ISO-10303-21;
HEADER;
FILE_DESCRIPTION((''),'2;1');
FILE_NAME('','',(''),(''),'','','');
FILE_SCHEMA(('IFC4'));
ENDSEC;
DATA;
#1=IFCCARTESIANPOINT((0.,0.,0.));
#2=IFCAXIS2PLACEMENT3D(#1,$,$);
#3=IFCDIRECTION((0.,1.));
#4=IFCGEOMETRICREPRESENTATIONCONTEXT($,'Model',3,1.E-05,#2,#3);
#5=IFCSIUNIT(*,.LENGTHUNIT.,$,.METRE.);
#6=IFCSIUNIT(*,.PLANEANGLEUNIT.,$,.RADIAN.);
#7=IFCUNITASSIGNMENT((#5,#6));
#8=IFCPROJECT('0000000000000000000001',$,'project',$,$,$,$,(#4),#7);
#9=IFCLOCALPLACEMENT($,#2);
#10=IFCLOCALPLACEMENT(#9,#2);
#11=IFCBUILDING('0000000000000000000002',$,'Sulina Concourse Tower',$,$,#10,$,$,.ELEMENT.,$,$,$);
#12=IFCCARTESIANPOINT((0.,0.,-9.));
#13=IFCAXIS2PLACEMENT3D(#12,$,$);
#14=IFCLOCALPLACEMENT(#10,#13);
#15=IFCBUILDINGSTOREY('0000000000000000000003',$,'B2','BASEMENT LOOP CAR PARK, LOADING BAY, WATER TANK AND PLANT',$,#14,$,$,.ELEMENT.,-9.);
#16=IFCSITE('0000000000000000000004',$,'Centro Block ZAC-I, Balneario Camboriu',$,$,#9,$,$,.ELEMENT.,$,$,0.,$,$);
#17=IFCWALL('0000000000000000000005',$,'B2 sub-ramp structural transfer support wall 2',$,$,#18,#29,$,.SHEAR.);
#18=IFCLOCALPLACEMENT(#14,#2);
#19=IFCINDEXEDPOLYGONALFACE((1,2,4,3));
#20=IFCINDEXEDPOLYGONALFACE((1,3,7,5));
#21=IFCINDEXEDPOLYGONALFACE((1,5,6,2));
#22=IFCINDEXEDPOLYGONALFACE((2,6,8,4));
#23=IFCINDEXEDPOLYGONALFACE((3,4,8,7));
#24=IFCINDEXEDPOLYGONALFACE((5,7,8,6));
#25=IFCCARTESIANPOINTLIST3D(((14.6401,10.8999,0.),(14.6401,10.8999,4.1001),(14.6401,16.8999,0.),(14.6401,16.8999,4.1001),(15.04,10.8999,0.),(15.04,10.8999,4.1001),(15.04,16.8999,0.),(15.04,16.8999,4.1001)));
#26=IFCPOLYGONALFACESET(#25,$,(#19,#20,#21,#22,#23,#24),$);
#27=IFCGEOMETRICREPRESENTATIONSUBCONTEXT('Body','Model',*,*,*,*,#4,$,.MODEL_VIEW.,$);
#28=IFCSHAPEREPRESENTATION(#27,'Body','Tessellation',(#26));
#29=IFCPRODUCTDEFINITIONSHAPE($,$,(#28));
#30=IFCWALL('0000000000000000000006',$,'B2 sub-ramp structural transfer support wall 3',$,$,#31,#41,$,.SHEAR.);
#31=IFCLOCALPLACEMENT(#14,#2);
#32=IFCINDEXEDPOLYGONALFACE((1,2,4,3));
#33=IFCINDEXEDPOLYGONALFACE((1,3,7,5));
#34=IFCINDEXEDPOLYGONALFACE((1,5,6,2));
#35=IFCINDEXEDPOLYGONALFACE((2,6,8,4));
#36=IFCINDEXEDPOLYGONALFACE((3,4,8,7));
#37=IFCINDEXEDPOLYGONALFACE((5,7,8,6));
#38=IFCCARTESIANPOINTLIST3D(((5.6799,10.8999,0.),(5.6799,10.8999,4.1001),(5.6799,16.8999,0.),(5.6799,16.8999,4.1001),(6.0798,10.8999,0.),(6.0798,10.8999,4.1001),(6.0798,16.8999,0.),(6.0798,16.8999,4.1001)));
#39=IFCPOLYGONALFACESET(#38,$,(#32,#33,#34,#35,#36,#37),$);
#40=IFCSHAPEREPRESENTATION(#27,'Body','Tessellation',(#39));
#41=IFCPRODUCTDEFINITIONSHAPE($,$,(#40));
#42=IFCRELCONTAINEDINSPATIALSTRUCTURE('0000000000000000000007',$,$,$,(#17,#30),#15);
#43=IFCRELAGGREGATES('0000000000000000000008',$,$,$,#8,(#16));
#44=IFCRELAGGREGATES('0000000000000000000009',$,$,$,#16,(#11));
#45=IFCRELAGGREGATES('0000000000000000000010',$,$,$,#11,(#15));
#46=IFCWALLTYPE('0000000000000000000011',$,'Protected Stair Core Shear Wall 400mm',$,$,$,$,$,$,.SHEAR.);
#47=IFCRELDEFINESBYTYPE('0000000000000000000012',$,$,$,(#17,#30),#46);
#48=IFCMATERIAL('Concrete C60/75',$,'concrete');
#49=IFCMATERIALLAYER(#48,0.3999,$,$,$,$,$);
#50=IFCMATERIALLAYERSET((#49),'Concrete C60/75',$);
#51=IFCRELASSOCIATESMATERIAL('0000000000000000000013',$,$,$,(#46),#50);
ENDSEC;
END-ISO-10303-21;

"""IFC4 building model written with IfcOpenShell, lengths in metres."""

from ifc_helpers import new_model, si_unit, direction, frame, frame_2d, origin, place, context, subcontext, project, spatial, rectangle, extrude, material, layer, layer_set, type_object, element, save


model = new_model("IFC4")

# Units and contexts
model_context = context("Model", 3, precision=1e-05, world=origin(), true_north=direction((0.0, 1.0)))
body_context = subcontext(model_context, "Body", "Model", "MODEL_VIEW")
ifc_project = project(units=[si_unit("LENGTHUNIT", "METRE"), si_unit("PLANEANGLEUNIT", "RADIAN")], contexts=[model_context])

# Site, building, storey
site_placement = place(None, origin())
site = spatial("IfcSite", under=ifc_project, at=site_placement, Name="Centro Block ZAC-I, Balneario Camboriu", CompositionType="ELEMENT", RefElevation=0.0)
building_placement = place(site_placement, origin())
building = spatial("IfcBuilding", under=site, at=building_placement, Name="Sulina Concourse Tower", CompositionType="ELEMENT")
storey_placement = place(building_placement, frame((0.0, 0.0, -9.0)))
storey = spatial("IfcBuildingStorey", under=building, at=storey_placement, Name="B2", Description="BASEMENT LOOP CAR PARK, LOADING BAY, WATER TANK AND PLANT", CompositionType="ELEMENT", Elevation=-9.0)

# Walls
ifc_material_1 = material(Name="Concrete C60/75", Category="concrete")
ifc_layer_1 = layer(ifc_material_1, 0.3999)
ifc_layer_set_1 = layer_set([ifc_layer_1], Name="Concrete C60/75")
wall_type = type_object("IfcWallType", Name="Protected Stair Core Shear Wall 400mm", PredefinedType="SHEAR", material=ifc_layer_set_1)
for number, where, z_axis, x_axis, name in (
    (1, (14.8401, 10.8999, 0.0), (0.0, 0.0, 1.0), (0.0, 1.0, 0.0), "B2 sub-ramp structural transfer support wall 2"),
    (2, (5.8799, 10.8999, 0.0), (0.0, 0.0, 1.0), (0.0, 1.0, 0.0), "B2 sub-ramp structural transfer support wall 3"),
):
    element("IfcWall", number, at=place(storey_placement, frame(where, z_axis=z_axis, x_axis=x_axis)), inside=storey, type_object=wall_type, Name=name, PredefinedType="SHEAR", context=body_context, shape_type="SweptSolid", body=[
        extrude(rectangle(XDim=6.0, YDim=0.3999, at=frame_2d((3.0, 0.0))), origin(), (0.0, 0.0, 1.0), 4.1001),
    ])

save(model, "model.ifc")
